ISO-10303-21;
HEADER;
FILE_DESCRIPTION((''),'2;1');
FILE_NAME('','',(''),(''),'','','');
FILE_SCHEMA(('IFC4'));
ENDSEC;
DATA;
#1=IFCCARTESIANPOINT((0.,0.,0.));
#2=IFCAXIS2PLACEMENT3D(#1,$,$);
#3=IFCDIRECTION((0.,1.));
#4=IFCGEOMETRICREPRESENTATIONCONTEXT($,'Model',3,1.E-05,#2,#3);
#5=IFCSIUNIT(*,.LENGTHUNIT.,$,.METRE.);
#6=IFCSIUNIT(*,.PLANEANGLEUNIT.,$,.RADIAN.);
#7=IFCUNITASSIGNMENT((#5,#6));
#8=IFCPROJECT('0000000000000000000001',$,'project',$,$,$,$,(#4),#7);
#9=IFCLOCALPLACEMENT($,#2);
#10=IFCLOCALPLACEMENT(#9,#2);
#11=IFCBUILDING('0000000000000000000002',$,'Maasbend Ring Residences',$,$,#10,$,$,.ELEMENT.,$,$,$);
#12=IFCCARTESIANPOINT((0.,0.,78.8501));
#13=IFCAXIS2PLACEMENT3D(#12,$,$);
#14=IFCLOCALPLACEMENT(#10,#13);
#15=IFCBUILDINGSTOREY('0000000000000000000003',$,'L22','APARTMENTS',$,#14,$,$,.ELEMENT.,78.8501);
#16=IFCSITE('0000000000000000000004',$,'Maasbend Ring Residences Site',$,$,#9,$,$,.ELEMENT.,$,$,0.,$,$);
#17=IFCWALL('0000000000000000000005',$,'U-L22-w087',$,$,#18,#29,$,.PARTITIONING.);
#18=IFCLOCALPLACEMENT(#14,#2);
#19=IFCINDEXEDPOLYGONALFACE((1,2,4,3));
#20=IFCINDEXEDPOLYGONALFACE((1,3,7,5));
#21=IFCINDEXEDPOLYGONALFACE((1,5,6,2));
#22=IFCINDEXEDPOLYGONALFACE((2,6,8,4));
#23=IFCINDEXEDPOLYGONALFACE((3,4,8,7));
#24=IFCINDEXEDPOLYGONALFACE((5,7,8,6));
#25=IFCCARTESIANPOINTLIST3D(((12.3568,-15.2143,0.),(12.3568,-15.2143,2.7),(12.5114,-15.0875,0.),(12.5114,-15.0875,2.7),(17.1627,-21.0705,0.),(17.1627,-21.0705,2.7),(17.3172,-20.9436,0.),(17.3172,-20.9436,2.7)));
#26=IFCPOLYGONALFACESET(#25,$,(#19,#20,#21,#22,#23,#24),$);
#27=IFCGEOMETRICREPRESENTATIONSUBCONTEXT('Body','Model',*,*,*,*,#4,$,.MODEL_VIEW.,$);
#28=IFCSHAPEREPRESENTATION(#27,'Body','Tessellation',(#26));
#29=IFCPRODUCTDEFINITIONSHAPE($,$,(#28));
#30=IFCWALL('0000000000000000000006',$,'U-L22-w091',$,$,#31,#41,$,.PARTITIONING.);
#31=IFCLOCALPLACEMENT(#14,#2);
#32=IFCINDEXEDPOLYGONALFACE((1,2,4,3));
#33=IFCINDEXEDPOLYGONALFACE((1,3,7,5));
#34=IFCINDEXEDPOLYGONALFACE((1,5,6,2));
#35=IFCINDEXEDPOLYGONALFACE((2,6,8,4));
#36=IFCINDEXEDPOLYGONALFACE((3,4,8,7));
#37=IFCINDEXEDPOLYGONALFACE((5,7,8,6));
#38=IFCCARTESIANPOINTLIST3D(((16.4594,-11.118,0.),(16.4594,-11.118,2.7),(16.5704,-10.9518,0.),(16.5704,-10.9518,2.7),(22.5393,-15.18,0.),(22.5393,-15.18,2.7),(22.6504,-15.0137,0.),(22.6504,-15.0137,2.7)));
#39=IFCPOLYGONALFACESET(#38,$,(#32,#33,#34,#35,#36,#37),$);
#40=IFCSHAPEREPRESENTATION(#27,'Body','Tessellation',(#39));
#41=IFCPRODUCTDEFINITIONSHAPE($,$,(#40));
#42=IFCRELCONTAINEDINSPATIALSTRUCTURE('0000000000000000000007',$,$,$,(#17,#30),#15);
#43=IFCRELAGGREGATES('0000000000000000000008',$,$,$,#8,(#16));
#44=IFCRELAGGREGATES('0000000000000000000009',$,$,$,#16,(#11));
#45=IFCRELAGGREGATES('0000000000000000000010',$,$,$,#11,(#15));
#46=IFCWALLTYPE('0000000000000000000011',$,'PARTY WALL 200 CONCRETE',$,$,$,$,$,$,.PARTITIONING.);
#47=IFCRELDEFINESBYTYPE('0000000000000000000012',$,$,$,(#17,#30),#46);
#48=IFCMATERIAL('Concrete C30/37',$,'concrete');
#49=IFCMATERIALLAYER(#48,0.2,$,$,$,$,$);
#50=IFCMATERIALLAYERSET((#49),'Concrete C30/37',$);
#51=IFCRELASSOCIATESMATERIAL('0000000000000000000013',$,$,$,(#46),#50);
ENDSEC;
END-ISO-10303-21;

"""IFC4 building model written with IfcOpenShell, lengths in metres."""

from ifc_helpers import new_model, si_unit, direction, frame, frame_2d, origin, place, context, subcontext, project, spatial, rectangle, extrude, material, layer, layer_set, type_object, element, save


model = new_model("IFC4")

# Units and contexts
model_context = context("Model", 3, precision=1e-05, world=origin(), true_north=direction((0.0, 1.0)))
body_context = subcontext(model_context, "Body", "Model", "MODEL_VIEW")
ifc_project = project(units=[si_unit("LENGTHUNIT", "METRE"), si_unit("PLANEANGLEUNIT", "RADIAN")], contexts=[model_context])

# Site, building, storey
site_placement = place(None, origin())
site = spatial("IfcSite", under=ifc_project, at=site_placement, Name="Maasbend Ring Residences Site", CompositionType="ELEMENT", RefElevation=0.0)
building_placement = place(site_placement, origin())
building = spatial("IfcBuilding", under=site, at=building_placement, Name="Maasbend Ring Residences", CompositionType="ELEMENT")
storey_placement = place(building_placement, frame((0.0, 0.0, 78.8501)))
storey = spatial("IfcBuildingStorey", under=building, at=storey_placement, Name="L22", Description="APARTMENTS", CompositionType="ELEMENT", Elevation=78.8501)

# Walls
ifc_material_1 = material(Name="Concrete C30/37", Category="concrete")
ifc_layer_1 = layer(ifc_material_1, 0.2)
ifc_layer_set_1 = layer_set([ifc_layer_1], Name="Concrete C30/37")
wall_type_1 = type_object("IfcWallType", Name="PARTY WALL 200 CONCRETE", PredefinedType="PARTITIONING", material=ifc_layer_set_1)
wall_1_placement = place(storey_placement, frame((12.4341, -15.1509, 0.0), z_axis=(0.0, 0.0, 1.0), x_axis=(0.634381, -0.77302, 0.0)))
element("IfcWall", 1, at=wall_1_placement, inside=storey, type_object=wall_type_1, Name="U-L22-w087", PredefinedType="PARTITIONING", context=body_context, shape_type="SweptSolid", body=[
    extrude(rectangle(XDim=7.5757, YDim=0.2, at=frame_2d((3.7878, 0.0))), origin(), (0.0, 0.0, 1.0), 2.7),
])
wall_2_placement = place(storey_placement, frame((16.5149, -11.0349, 0.0), z_axis=(0.0, 0.0, 1.0), x_axis=(0.831505, -0.555517, 0.0)))
element("IfcWall", 2, at=wall_2_placement, inside=storey, type_object=wall_type_1, Name="U-L22-w091", PredefinedType="PARTITIONING", context=body_context, shape_type="SweptSolid", body=[
    extrude(rectangle(XDim=7.312, YDim=0.2, at=frame_2d((3.656, 0.0))), origin(), (0.0, 0.0, 1.0), 2.7),
])

save(model, "model.ifc")
